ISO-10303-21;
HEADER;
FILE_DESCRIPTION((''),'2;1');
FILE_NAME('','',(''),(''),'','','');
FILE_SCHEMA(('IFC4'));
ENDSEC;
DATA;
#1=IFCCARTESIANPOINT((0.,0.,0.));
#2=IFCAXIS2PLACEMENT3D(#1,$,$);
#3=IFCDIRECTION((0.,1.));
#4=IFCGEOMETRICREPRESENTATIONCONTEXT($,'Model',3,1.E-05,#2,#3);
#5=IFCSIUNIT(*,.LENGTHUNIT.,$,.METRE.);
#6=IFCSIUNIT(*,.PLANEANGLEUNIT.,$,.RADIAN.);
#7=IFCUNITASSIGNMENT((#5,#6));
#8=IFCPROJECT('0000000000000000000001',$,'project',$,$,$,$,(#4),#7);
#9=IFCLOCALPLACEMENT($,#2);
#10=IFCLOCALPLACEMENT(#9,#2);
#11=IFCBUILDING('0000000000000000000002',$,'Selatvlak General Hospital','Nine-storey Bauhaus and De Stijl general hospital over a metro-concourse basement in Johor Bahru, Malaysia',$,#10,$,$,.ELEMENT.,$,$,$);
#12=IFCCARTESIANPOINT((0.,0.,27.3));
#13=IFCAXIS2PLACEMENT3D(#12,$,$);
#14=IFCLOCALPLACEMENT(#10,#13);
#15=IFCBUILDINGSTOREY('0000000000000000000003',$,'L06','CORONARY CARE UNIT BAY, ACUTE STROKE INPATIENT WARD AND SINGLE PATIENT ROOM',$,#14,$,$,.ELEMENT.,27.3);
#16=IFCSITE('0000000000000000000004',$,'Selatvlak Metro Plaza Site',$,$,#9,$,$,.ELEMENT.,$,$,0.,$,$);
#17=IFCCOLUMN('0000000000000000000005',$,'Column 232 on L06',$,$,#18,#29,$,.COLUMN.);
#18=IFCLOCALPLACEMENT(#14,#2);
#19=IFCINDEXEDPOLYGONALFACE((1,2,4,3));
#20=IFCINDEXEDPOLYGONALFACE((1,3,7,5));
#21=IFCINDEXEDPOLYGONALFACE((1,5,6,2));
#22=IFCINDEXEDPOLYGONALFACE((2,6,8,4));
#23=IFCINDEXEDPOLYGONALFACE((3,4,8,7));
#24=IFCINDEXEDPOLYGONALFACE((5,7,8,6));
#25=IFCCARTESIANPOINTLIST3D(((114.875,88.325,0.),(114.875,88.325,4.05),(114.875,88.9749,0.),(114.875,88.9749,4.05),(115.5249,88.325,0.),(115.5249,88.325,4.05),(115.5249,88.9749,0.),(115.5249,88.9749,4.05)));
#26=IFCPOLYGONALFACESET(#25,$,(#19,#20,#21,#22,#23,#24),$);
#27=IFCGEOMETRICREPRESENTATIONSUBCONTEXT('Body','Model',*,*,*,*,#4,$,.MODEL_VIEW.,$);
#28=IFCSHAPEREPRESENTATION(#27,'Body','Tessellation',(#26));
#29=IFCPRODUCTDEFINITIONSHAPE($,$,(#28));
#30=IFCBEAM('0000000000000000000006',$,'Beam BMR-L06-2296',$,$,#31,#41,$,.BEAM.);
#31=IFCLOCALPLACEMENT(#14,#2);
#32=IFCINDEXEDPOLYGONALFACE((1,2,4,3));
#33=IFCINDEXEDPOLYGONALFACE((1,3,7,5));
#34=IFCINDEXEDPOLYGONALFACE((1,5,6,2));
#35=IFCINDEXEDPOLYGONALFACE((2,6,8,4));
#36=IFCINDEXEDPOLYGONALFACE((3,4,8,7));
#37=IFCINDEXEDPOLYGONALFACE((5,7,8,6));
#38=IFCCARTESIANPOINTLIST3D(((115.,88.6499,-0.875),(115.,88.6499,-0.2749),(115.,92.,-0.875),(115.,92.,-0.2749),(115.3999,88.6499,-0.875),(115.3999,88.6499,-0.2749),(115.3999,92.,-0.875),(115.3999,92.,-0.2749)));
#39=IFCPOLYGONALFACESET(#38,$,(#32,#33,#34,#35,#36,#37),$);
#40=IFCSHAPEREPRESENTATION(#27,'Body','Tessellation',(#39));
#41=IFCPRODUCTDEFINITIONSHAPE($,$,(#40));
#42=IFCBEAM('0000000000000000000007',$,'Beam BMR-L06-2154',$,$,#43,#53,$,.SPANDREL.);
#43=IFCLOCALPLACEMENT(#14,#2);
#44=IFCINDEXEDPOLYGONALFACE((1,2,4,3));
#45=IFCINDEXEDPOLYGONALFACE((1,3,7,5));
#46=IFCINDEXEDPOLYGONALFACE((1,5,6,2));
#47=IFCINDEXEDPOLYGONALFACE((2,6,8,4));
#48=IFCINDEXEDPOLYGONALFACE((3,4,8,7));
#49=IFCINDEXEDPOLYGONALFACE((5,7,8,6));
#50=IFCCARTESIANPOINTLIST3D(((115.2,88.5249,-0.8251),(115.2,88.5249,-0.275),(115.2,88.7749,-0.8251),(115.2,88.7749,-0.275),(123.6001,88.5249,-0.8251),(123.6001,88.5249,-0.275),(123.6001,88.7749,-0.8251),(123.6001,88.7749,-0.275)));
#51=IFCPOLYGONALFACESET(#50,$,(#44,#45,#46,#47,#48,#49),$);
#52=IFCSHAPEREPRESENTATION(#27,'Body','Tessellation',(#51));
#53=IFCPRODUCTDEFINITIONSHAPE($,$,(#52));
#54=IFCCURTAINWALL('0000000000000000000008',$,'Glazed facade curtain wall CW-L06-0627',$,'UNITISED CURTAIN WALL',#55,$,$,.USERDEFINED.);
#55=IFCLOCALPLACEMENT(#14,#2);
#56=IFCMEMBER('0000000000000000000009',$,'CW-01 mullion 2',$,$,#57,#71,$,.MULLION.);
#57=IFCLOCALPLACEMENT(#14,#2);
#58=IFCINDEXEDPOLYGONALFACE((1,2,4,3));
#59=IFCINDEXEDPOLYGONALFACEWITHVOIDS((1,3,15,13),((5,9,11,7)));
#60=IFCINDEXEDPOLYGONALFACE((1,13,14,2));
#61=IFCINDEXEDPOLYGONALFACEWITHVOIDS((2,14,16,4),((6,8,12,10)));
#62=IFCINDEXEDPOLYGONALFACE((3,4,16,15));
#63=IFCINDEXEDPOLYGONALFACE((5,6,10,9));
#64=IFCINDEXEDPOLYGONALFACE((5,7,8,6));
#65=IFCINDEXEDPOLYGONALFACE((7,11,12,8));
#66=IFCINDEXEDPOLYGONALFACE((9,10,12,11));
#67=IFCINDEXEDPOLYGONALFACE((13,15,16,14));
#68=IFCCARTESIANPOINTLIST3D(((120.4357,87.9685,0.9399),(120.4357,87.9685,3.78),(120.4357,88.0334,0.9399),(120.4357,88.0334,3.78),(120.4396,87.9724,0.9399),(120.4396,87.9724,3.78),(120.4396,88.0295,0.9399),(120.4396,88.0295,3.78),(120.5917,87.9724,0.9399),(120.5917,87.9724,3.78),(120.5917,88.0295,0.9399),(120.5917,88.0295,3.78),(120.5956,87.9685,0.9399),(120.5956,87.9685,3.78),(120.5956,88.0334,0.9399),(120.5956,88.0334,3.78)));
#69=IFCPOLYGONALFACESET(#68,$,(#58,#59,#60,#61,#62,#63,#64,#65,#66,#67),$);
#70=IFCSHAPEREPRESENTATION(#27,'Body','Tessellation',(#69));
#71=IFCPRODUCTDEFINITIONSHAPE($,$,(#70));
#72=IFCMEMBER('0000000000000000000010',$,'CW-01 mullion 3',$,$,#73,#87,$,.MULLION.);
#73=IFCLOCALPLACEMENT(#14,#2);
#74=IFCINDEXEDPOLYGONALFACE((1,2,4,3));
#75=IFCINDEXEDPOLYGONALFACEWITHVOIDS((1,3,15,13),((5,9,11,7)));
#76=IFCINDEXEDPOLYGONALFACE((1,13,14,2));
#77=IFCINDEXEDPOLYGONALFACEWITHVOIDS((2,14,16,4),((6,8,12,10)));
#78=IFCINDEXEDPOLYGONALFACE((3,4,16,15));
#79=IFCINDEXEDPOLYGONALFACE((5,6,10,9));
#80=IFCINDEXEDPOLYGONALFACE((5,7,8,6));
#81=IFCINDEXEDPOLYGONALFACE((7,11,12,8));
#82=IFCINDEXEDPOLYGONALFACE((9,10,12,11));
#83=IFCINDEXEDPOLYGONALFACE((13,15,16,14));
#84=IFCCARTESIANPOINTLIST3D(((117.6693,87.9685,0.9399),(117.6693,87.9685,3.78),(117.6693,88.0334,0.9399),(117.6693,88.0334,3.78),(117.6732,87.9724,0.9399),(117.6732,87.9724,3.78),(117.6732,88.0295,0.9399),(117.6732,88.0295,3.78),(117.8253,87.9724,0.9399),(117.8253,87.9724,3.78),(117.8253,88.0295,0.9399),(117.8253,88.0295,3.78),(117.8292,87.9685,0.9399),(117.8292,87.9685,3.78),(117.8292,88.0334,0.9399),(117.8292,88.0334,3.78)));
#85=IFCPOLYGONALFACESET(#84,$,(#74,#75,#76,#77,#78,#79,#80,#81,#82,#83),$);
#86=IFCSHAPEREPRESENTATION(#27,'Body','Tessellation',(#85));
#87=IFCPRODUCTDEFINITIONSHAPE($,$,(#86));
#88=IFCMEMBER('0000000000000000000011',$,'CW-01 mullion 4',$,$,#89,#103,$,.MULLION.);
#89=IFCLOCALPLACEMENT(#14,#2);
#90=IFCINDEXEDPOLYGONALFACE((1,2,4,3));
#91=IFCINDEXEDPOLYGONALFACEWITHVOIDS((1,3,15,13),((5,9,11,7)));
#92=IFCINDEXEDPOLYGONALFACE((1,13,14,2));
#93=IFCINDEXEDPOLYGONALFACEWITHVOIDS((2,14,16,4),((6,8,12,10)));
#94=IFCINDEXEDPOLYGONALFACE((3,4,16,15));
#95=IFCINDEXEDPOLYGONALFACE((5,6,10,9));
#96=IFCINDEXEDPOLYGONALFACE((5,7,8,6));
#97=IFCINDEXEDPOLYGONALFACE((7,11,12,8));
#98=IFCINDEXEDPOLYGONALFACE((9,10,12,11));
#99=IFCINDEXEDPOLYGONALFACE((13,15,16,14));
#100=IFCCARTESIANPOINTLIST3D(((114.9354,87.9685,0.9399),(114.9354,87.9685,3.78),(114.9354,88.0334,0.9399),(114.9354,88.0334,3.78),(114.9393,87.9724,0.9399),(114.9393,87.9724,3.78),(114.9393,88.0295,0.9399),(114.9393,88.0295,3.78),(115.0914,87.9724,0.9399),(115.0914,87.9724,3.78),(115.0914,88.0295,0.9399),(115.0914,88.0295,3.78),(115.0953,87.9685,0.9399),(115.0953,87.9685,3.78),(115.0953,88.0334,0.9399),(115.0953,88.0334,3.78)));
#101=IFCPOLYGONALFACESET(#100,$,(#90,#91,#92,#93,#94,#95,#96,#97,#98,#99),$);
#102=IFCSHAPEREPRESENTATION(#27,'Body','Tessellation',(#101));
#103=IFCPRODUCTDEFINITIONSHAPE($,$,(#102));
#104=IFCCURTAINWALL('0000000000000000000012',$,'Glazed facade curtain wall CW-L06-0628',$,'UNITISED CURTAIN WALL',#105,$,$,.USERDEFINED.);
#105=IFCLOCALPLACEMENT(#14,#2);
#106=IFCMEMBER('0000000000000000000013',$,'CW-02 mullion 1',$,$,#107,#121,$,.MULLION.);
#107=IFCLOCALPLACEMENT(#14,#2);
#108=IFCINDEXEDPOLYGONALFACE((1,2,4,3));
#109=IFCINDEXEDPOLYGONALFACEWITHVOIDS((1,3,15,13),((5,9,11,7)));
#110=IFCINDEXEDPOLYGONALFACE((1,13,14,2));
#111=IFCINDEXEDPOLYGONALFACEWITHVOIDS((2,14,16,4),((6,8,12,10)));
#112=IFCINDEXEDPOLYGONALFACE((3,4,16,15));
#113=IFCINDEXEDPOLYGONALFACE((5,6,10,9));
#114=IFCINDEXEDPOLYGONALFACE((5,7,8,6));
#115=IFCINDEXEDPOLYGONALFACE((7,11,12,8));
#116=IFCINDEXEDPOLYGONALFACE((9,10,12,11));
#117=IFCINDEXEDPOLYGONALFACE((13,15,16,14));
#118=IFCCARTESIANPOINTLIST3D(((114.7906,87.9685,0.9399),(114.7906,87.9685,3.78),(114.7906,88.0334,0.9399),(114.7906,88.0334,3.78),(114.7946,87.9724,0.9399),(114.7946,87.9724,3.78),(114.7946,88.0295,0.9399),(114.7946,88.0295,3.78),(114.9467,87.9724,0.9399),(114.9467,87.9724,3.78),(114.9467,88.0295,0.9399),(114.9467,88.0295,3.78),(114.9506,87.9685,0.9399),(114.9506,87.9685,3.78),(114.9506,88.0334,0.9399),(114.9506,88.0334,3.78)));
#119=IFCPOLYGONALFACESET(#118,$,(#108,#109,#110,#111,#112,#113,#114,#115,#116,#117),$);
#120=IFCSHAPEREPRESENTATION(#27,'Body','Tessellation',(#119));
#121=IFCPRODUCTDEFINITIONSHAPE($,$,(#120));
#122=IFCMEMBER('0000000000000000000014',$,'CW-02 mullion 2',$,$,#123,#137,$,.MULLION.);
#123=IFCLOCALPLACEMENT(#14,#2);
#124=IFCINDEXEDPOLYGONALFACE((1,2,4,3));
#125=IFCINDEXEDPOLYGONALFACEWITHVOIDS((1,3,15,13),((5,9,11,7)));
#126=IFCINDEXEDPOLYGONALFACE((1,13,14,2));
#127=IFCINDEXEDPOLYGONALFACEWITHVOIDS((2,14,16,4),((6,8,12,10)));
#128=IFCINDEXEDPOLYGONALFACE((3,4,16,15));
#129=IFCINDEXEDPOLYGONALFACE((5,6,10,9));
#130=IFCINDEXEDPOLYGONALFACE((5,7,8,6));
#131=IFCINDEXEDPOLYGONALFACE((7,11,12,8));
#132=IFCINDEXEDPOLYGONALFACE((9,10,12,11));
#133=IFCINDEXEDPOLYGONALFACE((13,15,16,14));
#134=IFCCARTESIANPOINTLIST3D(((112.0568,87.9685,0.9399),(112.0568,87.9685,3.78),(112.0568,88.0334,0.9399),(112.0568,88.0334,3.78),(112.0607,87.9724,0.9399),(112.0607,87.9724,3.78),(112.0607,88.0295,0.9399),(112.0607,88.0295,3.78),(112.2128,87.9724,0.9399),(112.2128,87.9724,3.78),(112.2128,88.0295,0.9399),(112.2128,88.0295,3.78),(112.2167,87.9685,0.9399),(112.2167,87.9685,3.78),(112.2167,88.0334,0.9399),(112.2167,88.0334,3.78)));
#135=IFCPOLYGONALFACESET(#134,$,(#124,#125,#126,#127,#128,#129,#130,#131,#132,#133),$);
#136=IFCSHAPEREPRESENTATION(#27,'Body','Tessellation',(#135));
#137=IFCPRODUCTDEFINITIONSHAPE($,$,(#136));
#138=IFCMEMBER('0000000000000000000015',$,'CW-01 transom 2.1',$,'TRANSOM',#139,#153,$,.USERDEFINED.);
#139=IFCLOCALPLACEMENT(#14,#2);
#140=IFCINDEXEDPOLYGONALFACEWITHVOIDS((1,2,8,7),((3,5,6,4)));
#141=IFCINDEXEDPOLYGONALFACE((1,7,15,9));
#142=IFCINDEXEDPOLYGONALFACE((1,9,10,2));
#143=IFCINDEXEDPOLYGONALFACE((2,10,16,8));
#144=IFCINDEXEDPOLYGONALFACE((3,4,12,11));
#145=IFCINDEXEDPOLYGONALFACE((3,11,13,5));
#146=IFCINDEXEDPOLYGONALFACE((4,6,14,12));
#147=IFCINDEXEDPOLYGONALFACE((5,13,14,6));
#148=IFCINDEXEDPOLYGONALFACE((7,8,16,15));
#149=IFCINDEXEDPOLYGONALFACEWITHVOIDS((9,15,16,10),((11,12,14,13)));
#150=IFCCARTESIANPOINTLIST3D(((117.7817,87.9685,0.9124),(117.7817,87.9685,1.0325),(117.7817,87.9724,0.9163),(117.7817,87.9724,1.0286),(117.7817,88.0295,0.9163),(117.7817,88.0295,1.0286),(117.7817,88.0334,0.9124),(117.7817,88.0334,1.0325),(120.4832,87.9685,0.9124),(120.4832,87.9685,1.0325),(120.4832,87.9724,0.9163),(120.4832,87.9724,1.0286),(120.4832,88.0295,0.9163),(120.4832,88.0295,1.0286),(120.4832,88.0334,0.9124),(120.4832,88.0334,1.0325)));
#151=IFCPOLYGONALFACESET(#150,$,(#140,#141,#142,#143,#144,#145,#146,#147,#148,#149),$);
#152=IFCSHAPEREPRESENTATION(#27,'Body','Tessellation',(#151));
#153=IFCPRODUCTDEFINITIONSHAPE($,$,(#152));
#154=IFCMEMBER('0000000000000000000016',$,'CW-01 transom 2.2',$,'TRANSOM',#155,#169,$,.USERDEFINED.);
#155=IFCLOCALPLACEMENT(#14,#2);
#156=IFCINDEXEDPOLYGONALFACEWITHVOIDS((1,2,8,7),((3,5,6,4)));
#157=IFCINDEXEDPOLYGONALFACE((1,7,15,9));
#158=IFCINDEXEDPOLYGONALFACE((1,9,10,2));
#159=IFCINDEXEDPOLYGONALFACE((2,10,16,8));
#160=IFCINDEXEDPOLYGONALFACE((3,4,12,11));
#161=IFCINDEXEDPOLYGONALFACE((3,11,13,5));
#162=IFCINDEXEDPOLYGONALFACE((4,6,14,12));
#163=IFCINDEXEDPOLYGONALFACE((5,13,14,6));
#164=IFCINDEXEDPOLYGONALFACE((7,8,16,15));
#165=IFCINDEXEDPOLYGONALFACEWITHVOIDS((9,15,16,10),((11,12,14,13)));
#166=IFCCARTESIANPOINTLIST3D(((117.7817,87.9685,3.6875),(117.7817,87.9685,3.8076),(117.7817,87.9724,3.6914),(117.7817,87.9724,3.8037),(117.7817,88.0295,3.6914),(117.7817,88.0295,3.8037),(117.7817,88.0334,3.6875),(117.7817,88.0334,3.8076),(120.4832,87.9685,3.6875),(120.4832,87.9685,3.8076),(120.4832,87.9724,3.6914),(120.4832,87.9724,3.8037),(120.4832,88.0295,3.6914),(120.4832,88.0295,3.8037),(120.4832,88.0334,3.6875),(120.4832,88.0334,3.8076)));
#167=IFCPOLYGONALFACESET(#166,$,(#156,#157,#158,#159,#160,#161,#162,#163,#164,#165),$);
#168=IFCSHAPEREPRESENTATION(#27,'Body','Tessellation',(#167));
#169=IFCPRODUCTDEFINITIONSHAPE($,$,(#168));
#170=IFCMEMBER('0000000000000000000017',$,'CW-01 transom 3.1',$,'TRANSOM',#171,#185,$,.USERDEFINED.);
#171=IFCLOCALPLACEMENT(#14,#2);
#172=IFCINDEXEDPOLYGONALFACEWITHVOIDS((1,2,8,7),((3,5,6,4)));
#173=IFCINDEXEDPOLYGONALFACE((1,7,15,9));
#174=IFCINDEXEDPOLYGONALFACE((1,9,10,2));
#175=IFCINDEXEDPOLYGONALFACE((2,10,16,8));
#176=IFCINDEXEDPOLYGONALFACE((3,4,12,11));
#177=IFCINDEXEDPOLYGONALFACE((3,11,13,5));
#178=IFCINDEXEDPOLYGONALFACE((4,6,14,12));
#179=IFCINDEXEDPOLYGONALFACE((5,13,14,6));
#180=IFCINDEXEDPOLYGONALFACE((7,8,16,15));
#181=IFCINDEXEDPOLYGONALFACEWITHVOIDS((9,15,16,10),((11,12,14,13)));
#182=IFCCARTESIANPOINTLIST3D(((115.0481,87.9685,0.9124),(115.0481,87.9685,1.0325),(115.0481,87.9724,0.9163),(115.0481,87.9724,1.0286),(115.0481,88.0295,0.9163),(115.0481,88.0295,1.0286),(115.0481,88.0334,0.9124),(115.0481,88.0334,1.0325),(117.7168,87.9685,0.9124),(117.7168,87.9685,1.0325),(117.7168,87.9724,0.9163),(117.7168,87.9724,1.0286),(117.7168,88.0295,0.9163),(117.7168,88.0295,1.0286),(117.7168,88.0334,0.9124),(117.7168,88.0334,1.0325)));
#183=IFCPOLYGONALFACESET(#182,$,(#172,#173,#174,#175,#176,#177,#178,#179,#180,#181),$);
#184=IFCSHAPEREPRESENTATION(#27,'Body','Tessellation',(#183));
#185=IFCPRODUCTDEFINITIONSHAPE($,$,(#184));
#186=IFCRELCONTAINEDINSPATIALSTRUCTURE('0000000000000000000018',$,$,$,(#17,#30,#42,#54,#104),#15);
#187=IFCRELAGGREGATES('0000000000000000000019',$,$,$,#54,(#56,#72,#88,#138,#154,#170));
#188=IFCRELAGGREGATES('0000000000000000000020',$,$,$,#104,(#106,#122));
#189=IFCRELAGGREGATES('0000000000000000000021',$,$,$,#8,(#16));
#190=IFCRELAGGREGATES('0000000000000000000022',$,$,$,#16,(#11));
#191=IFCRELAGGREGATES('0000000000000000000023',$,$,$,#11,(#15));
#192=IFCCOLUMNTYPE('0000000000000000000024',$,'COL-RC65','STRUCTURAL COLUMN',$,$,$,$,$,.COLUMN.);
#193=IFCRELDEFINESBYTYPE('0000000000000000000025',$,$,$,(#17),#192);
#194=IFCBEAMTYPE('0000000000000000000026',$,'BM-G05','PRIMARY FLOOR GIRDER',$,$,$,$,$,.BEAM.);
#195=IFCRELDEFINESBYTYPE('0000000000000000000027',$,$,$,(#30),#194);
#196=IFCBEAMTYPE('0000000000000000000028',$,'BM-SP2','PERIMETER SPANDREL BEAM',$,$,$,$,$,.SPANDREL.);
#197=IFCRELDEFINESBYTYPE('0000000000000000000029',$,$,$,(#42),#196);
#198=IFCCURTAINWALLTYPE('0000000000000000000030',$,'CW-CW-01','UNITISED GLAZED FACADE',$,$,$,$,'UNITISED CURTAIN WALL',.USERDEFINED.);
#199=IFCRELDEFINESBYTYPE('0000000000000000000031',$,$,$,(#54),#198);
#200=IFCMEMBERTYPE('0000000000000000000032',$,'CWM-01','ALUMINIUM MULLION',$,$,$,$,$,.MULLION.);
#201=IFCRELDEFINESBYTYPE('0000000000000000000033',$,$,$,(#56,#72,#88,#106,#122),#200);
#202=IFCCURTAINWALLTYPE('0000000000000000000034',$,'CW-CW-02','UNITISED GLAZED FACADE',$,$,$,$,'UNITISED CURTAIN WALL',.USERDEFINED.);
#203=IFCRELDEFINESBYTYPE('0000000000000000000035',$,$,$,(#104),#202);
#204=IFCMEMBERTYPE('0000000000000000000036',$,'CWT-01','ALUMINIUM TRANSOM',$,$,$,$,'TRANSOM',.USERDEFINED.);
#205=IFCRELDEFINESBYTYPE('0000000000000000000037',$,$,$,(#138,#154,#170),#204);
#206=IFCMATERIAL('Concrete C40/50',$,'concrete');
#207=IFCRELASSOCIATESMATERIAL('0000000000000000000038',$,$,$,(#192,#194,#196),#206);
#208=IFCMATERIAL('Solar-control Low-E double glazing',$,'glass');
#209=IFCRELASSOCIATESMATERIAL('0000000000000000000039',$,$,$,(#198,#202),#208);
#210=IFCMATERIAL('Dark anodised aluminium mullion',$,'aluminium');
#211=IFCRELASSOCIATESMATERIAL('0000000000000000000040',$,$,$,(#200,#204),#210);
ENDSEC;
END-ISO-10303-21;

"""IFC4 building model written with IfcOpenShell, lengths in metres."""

from ifc_helpers import new_model, si_unit, direction, frame, origin, origin_2d, place, context, subcontext, project, spatial, rectangle, hollow_rectangle, extrude, material, material_profile, profile_set, type_object, element, aggregate, save


model = new_model("IFC4")

# Units and contexts
model_context = context("Model", 3, precision=1e-05, world=origin(), true_north=direction((0.0, 1.0)))
body_context = subcontext(model_context, "Body", "Model", "MODEL_VIEW")
ifc_project = project(units=[si_unit("LENGTHUNIT", "METRE"), si_unit("PLANEANGLEUNIT", "RADIAN")], contexts=[model_context])

# Site, building, storey
site_placement = place(None, origin())
site = spatial("IfcSite", under=ifc_project, at=site_placement, Name="Selatvlak Metro Plaza Site", CompositionType="ELEMENT", RefElevation=0.0)
building_placement = place(site_placement, origin())
building = spatial("IfcBuilding", under=site, at=building_placement, Name="Selatvlak General Hospital", Description="Nine-storey Bauhaus and De Stijl general hospital over a metro-concourse basement in Johor Bahru, Malaysia", CompositionType="ELEMENT")
storey_placement = place(building_placement, frame((0.0, 0.0, 27.3)))
storey = spatial("IfcBuildingStorey", under=building, at=storey_placement, Name="L06", Description="CORONARY CARE UNIT BAY, ACUTE STROKE INPATIENT WARD AND SINGLE PATIENT ROOM", CompositionType="ELEMENT", Elevation=27.3)

# Column
ifc_material_1 = material(Name="Concrete C40/50", Category="concrete")
ifc_material_profile_1 = material_profile(ifc_material_1, rectangle(XDim=0.6499, YDim=0.6499, at=origin_2d()), Name="RC-COL 650x650")
ifc_profile_set_1 = profile_set([ifc_material_profile_1], Name="Concrete C40/50")
column_type = type_object("IfcColumnType", Name="COL-RC65", Description="STRUCTURAL COLUMN", PredefinedType="COLUMN", material=ifc_profile_set_1)
column_placement = place(storey_placement, frame((115.2, 88.6499, 0.0), z_axis=(0.0, 0.0, 1.0), x_axis=(1.0, 0.0, 0.0)))
element("IfcColumn", 1, at=column_placement, inside=storey, type_object=column_type, Name="Column 232 on L06", PredefinedType="COLUMN", context=body_context, shape_type="SweptSolid", body=[
    extrude(rectangle(XDim=0.6499, YDim=0.6499, at=origin_2d()), origin(), (0.0, 0.0, 1.0), 4.05),
])

# Beams
ifc_material_profile_2 = material_profile(ifc_material_1, rectangle(XDim=0.3999, YDim=0.6001, at=origin_2d()), Name="RC-BM 400x600")
ifc_profile_set_2 = profile_set([ifc_material_profile_2], Name="Concrete C40/50")
beam_type_1 = type_object("IfcBeamType", Name="BM-G05", Description="PRIMARY FLOOR GIRDER", PredefinedType="BEAM", material=ifc_profile_set_2)
beam_1_placement = place(storey_placement, frame((115.2, 88.6499, -0.575), z_axis=(0.0, 1.0, 0.0), x_axis=(-1.0, 0.0, 0.0)))
element("IfcBeam", 2, at=beam_1_placement, inside=storey, type_object=beam_type_1, Name="Beam BMR-L06-2296", PredefinedType="BEAM", context=body_context, shape_type="SweptSolid", body=[
    extrude(rectangle(XDim=0.3999, YDim=0.6001, at=origin_2d()), origin(), (0.0, 0.0, 1.0), 3.3501),
])
ifc_material_profile_3 = material_profile(ifc_material_1, rectangle(XDim=0.25, YDim=0.55, at=origin_2d()), Name="RC-SP 250x550")
ifc_profile_set_3 = profile_set([ifc_material_profile_3], Name="Concrete C40/50")
beam_type_2 = type_object("IfcBeamType", Name="BM-SP2", Description="PERIMETER SPANDREL BEAM", PredefinedType="SPANDREL", material=ifc_profile_set_3)
beam_2_placement = place(storey_placement, frame((115.2, 88.6499, -0.55), z_axis=(1.0, 0.0, 0.0), x_axis=(0.0, 1.0, 0.0)))
element("IfcBeam", 3, at=beam_2_placement, inside=storey, type_object=beam_type_2, Name="Beam BMR-L06-2154", PredefinedType="SPANDREL", context=body_context, shape_type="SweptSolid", body=[
    extrude(rectangle(XDim=0.25, YDim=0.55, at=origin_2d()), origin(), (0.0, 0.0, 1.0), 8.4001),
])

# Curtain walls, members
ifc_material_2 = material(Name="Solar-control Low-E double glazing", Category="glass")
curtain_wall_type_1 = type_object("IfcCurtainWallType", Name="CW-CW-01", Description="UNITISED GLAZED FACADE", ElementType="UNITISED CURTAIN WALL", PredefinedType="USERDEFINED", material=ifc_material_2)
curtain_wall_1_placement = place(storey_placement, origin())
curtain_wall_1 = element("IfcCurtainWall", 4, at=curtain_wall_1_placement, inside=storey, type_object=curtain_wall_type_1, Name="Glazed facade curtain wall CW-L06-0627", ObjectType="UNITISED CURTAIN WALL", PredefinedType="USERDEFINED")
ifc_material_3 = material(Name="Dark anodised aluminium mullion", Category="aluminium")
ifc_material_profile_4 = material_profile(ifc_material_3, hollow_rectangle(XDim=0.0649, YDim=0.1599, WallThickness=0.0039, at=origin_2d()), Name="AL-MUL 65x160x4")
ifc_profile_set_4 = profile_set([ifc_material_profile_4], Name="Dark anodised aluminium mullion")
member_type_1 = type_object("IfcMemberType", Name="CWM-01", Description="ALUMINIUM MULLION", PredefinedType="MULLION", material=ifc_profile_set_4)
member_1_placement = place(storey_placement, frame((120.5156, 88.001, 0.9399), z_axis=(0.0, 0.0, 1.0), x_axis=(0.0, -1.0, 0.0)))
member_1 = element("IfcMember", 5, at=member_1_placement, type_object=member_type_1, Name="CW-01 mullion 2", PredefinedType="MULLION", context=body_context, shape_type="SweptSolid", body=[
    extrude(hollow_rectangle(XDim=0.0649, YDim=0.1599, WallThickness=0.0039, at=origin_2d()), origin(), (0.0, 0.0, 1.0), 2.8401),
])
member_2_placement = place(storey_placement, frame((117.7493, 88.001, 0.9399), z_axis=(0.0, 0.0, 1.0), x_axis=(0.0, -1.0, 0.0)))
member_2 = element("IfcMember", 6, at=member_2_placement, type_object=member_type_1, Name="CW-01 mullion 3", PredefinedType="MULLION", context=body_context, shape_type="SweptSolid", body=[
    extrude(hollow_rectangle(XDim=0.0649, YDim=0.1599, WallThickness=0.0039, at=origin_2d()), origin(), (0.0, 0.0, 1.0), 2.8401),
])
member_3_placement = place(storey_placement, frame((115.0154, 88.001, 0.9399), z_axis=(0.0, 0.0, 1.0), x_axis=(0.0, -1.0, 0.0)))
member_3 = element("IfcMember", 7, at=member_3_placement, type_object=member_type_1, Name="CW-01 mullion 4", PredefinedType="MULLION", context=body_context, shape_type="SweptSolid", body=[
    extrude(hollow_rectangle(XDim=0.0649, YDim=0.1599, WallThickness=0.0039, at=origin_2d()), origin(), (0.0, 0.0, 1.0), 2.8401),
])
curtain_wall_type_2 = type_object("IfcCurtainWallType", Name="CW-CW-02", Description="UNITISED GLAZED FACADE", ElementType="UNITISED CURTAIN WALL", PredefinedType="USERDEFINED", material=ifc_material_2)
curtain_wall_2_placement = place(storey_placement, origin())
curtain_wall_2 = element("IfcCurtainWall", 8, at=curtain_wall_2_placement, inside=storey, type_object=curtain_wall_type_2, Name="Glazed facade curtain wall CW-L06-0628", ObjectType="UNITISED CURTAIN WALL", PredefinedType="USERDEFINED")
member_4_placement = place(storey_placement, frame((114.8706, 88.001, 0.9399), z_axis=(0.0, 0.0, 1.0), x_axis=(0.0, -1.0, 0.0)))
member_4 = element("IfcMember", 9, at=member_4_placement, type_object=member_type_1, Name="CW-02 mullion 1", PredefinedType="MULLION", context=body_context, shape_type="SweptSolid", body=[
    extrude(hollow_rectangle(XDim=0.0649, YDim=0.1599, WallThickness=0.0039, at=origin_2d()), origin(), (0.0, 0.0, 1.0), 2.8401),
])
member_5_placement = place(storey_placement, frame((112.1367, 88.001, 0.9399), z_axis=(0.0, 0.0, 1.0), x_axis=(0.0, -1.0, 0.0)))
member_5 = element("IfcMember", 10, at=member_5_placement, type_object=member_type_1, Name="CW-02 mullion 2", PredefinedType="MULLION", context=body_context, shape_type="SweptSolid", body=[
    extrude(hollow_rectangle(XDim=0.0649, YDim=0.1599, WallThickness=0.0039, at=origin_2d()), origin(), (0.0, 0.0, 1.0), 2.8401),
])

# Members
ifc_material_profile_5 = material_profile(ifc_material_3, hollow_rectangle(XDim=0.0649, YDim=0.1201, WallThickness=0.0039, at=origin_2d()), Name="AL-TRN 65x120x4")
ifc_profile_set_5 = profile_set([ifc_material_profile_5], Name="Dark anodised aluminium mullion")
member_type_2 = type_object("IfcMemberType", Name="CWT-01", Description="ALUMINIUM TRANSOM", ElementType="TRANSOM", PredefinedType="USERDEFINED", material=ifc_profile_set_5)
member_6_placement = place(storey_placement, frame((120.4832, 88.001, 0.9724), z_axis=(-1.0, 0.0, 0.0), x_axis=(0.0, -1.0, 0.0)))
member_6 = element("IfcMember", 11, at=member_6_placement, type_object=member_type_2, Name="CW-01 transom 2.1", ObjectType="TRANSOM", PredefinedType="USERDEFINED", context=body_context, shape_type="SweptSolid", body=[
    extrude(hollow_rectangle(XDim=0.0649, YDim=0.1201, WallThickness=0.0039, at=origin_2d()), origin(), (0.0, 0.0, 1.0), 2.7014),
])
member_7_placement = place(storey_placement, frame((120.4832, 88.001, 3.7476), z_axis=(-1.0, 0.0, 0.0), x_axis=(0.0, -1.0, 0.0)))
member_7 = element("IfcMember", 12, at=member_7_placement, type_object=member_type_2, Name="CW-01 transom 2.2", ObjectType="TRANSOM", PredefinedType="USERDEFINED", context=body_context, shape_type="SweptSolid", body=[
    extrude(hollow_rectangle(XDim=0.0649, YDim=0.1201, WallThickness=0.0039, at=origin_2d()), origin(), (0.0, 0.0, 1.0), 2.7014),
])
member_8_placement = place(storey_placement, frame((117.7168, 88.001, 0.9724), z_axis=(-1.0, 0.0, 0.0), x_axis=(0.0, -1.0, 0.0)))
member_8 = element("IfcMember", 13, at=member_8_placement, type_object=member_type_2, Name="CW-01 transom 3.1", ObjectType="TRANSOM", PredefinedType="USERDEFINED", context=body_context, shape_type="SweptSolid", body=[
    extrude(hollow_rectangle(XDim=0.0649, YDim=0.1201, WallThickness=0.0039, at=origin_2d()), origin(), (0.0, 0.0, 1.0), 2.6687),
])

aggregate(curtain_wall_1, [member_1, member_2, member_3, member_6, member_7, member_8])
aggregate(curtain_wall_2, [member_4, member_5])

save(model, "model.ifc")
